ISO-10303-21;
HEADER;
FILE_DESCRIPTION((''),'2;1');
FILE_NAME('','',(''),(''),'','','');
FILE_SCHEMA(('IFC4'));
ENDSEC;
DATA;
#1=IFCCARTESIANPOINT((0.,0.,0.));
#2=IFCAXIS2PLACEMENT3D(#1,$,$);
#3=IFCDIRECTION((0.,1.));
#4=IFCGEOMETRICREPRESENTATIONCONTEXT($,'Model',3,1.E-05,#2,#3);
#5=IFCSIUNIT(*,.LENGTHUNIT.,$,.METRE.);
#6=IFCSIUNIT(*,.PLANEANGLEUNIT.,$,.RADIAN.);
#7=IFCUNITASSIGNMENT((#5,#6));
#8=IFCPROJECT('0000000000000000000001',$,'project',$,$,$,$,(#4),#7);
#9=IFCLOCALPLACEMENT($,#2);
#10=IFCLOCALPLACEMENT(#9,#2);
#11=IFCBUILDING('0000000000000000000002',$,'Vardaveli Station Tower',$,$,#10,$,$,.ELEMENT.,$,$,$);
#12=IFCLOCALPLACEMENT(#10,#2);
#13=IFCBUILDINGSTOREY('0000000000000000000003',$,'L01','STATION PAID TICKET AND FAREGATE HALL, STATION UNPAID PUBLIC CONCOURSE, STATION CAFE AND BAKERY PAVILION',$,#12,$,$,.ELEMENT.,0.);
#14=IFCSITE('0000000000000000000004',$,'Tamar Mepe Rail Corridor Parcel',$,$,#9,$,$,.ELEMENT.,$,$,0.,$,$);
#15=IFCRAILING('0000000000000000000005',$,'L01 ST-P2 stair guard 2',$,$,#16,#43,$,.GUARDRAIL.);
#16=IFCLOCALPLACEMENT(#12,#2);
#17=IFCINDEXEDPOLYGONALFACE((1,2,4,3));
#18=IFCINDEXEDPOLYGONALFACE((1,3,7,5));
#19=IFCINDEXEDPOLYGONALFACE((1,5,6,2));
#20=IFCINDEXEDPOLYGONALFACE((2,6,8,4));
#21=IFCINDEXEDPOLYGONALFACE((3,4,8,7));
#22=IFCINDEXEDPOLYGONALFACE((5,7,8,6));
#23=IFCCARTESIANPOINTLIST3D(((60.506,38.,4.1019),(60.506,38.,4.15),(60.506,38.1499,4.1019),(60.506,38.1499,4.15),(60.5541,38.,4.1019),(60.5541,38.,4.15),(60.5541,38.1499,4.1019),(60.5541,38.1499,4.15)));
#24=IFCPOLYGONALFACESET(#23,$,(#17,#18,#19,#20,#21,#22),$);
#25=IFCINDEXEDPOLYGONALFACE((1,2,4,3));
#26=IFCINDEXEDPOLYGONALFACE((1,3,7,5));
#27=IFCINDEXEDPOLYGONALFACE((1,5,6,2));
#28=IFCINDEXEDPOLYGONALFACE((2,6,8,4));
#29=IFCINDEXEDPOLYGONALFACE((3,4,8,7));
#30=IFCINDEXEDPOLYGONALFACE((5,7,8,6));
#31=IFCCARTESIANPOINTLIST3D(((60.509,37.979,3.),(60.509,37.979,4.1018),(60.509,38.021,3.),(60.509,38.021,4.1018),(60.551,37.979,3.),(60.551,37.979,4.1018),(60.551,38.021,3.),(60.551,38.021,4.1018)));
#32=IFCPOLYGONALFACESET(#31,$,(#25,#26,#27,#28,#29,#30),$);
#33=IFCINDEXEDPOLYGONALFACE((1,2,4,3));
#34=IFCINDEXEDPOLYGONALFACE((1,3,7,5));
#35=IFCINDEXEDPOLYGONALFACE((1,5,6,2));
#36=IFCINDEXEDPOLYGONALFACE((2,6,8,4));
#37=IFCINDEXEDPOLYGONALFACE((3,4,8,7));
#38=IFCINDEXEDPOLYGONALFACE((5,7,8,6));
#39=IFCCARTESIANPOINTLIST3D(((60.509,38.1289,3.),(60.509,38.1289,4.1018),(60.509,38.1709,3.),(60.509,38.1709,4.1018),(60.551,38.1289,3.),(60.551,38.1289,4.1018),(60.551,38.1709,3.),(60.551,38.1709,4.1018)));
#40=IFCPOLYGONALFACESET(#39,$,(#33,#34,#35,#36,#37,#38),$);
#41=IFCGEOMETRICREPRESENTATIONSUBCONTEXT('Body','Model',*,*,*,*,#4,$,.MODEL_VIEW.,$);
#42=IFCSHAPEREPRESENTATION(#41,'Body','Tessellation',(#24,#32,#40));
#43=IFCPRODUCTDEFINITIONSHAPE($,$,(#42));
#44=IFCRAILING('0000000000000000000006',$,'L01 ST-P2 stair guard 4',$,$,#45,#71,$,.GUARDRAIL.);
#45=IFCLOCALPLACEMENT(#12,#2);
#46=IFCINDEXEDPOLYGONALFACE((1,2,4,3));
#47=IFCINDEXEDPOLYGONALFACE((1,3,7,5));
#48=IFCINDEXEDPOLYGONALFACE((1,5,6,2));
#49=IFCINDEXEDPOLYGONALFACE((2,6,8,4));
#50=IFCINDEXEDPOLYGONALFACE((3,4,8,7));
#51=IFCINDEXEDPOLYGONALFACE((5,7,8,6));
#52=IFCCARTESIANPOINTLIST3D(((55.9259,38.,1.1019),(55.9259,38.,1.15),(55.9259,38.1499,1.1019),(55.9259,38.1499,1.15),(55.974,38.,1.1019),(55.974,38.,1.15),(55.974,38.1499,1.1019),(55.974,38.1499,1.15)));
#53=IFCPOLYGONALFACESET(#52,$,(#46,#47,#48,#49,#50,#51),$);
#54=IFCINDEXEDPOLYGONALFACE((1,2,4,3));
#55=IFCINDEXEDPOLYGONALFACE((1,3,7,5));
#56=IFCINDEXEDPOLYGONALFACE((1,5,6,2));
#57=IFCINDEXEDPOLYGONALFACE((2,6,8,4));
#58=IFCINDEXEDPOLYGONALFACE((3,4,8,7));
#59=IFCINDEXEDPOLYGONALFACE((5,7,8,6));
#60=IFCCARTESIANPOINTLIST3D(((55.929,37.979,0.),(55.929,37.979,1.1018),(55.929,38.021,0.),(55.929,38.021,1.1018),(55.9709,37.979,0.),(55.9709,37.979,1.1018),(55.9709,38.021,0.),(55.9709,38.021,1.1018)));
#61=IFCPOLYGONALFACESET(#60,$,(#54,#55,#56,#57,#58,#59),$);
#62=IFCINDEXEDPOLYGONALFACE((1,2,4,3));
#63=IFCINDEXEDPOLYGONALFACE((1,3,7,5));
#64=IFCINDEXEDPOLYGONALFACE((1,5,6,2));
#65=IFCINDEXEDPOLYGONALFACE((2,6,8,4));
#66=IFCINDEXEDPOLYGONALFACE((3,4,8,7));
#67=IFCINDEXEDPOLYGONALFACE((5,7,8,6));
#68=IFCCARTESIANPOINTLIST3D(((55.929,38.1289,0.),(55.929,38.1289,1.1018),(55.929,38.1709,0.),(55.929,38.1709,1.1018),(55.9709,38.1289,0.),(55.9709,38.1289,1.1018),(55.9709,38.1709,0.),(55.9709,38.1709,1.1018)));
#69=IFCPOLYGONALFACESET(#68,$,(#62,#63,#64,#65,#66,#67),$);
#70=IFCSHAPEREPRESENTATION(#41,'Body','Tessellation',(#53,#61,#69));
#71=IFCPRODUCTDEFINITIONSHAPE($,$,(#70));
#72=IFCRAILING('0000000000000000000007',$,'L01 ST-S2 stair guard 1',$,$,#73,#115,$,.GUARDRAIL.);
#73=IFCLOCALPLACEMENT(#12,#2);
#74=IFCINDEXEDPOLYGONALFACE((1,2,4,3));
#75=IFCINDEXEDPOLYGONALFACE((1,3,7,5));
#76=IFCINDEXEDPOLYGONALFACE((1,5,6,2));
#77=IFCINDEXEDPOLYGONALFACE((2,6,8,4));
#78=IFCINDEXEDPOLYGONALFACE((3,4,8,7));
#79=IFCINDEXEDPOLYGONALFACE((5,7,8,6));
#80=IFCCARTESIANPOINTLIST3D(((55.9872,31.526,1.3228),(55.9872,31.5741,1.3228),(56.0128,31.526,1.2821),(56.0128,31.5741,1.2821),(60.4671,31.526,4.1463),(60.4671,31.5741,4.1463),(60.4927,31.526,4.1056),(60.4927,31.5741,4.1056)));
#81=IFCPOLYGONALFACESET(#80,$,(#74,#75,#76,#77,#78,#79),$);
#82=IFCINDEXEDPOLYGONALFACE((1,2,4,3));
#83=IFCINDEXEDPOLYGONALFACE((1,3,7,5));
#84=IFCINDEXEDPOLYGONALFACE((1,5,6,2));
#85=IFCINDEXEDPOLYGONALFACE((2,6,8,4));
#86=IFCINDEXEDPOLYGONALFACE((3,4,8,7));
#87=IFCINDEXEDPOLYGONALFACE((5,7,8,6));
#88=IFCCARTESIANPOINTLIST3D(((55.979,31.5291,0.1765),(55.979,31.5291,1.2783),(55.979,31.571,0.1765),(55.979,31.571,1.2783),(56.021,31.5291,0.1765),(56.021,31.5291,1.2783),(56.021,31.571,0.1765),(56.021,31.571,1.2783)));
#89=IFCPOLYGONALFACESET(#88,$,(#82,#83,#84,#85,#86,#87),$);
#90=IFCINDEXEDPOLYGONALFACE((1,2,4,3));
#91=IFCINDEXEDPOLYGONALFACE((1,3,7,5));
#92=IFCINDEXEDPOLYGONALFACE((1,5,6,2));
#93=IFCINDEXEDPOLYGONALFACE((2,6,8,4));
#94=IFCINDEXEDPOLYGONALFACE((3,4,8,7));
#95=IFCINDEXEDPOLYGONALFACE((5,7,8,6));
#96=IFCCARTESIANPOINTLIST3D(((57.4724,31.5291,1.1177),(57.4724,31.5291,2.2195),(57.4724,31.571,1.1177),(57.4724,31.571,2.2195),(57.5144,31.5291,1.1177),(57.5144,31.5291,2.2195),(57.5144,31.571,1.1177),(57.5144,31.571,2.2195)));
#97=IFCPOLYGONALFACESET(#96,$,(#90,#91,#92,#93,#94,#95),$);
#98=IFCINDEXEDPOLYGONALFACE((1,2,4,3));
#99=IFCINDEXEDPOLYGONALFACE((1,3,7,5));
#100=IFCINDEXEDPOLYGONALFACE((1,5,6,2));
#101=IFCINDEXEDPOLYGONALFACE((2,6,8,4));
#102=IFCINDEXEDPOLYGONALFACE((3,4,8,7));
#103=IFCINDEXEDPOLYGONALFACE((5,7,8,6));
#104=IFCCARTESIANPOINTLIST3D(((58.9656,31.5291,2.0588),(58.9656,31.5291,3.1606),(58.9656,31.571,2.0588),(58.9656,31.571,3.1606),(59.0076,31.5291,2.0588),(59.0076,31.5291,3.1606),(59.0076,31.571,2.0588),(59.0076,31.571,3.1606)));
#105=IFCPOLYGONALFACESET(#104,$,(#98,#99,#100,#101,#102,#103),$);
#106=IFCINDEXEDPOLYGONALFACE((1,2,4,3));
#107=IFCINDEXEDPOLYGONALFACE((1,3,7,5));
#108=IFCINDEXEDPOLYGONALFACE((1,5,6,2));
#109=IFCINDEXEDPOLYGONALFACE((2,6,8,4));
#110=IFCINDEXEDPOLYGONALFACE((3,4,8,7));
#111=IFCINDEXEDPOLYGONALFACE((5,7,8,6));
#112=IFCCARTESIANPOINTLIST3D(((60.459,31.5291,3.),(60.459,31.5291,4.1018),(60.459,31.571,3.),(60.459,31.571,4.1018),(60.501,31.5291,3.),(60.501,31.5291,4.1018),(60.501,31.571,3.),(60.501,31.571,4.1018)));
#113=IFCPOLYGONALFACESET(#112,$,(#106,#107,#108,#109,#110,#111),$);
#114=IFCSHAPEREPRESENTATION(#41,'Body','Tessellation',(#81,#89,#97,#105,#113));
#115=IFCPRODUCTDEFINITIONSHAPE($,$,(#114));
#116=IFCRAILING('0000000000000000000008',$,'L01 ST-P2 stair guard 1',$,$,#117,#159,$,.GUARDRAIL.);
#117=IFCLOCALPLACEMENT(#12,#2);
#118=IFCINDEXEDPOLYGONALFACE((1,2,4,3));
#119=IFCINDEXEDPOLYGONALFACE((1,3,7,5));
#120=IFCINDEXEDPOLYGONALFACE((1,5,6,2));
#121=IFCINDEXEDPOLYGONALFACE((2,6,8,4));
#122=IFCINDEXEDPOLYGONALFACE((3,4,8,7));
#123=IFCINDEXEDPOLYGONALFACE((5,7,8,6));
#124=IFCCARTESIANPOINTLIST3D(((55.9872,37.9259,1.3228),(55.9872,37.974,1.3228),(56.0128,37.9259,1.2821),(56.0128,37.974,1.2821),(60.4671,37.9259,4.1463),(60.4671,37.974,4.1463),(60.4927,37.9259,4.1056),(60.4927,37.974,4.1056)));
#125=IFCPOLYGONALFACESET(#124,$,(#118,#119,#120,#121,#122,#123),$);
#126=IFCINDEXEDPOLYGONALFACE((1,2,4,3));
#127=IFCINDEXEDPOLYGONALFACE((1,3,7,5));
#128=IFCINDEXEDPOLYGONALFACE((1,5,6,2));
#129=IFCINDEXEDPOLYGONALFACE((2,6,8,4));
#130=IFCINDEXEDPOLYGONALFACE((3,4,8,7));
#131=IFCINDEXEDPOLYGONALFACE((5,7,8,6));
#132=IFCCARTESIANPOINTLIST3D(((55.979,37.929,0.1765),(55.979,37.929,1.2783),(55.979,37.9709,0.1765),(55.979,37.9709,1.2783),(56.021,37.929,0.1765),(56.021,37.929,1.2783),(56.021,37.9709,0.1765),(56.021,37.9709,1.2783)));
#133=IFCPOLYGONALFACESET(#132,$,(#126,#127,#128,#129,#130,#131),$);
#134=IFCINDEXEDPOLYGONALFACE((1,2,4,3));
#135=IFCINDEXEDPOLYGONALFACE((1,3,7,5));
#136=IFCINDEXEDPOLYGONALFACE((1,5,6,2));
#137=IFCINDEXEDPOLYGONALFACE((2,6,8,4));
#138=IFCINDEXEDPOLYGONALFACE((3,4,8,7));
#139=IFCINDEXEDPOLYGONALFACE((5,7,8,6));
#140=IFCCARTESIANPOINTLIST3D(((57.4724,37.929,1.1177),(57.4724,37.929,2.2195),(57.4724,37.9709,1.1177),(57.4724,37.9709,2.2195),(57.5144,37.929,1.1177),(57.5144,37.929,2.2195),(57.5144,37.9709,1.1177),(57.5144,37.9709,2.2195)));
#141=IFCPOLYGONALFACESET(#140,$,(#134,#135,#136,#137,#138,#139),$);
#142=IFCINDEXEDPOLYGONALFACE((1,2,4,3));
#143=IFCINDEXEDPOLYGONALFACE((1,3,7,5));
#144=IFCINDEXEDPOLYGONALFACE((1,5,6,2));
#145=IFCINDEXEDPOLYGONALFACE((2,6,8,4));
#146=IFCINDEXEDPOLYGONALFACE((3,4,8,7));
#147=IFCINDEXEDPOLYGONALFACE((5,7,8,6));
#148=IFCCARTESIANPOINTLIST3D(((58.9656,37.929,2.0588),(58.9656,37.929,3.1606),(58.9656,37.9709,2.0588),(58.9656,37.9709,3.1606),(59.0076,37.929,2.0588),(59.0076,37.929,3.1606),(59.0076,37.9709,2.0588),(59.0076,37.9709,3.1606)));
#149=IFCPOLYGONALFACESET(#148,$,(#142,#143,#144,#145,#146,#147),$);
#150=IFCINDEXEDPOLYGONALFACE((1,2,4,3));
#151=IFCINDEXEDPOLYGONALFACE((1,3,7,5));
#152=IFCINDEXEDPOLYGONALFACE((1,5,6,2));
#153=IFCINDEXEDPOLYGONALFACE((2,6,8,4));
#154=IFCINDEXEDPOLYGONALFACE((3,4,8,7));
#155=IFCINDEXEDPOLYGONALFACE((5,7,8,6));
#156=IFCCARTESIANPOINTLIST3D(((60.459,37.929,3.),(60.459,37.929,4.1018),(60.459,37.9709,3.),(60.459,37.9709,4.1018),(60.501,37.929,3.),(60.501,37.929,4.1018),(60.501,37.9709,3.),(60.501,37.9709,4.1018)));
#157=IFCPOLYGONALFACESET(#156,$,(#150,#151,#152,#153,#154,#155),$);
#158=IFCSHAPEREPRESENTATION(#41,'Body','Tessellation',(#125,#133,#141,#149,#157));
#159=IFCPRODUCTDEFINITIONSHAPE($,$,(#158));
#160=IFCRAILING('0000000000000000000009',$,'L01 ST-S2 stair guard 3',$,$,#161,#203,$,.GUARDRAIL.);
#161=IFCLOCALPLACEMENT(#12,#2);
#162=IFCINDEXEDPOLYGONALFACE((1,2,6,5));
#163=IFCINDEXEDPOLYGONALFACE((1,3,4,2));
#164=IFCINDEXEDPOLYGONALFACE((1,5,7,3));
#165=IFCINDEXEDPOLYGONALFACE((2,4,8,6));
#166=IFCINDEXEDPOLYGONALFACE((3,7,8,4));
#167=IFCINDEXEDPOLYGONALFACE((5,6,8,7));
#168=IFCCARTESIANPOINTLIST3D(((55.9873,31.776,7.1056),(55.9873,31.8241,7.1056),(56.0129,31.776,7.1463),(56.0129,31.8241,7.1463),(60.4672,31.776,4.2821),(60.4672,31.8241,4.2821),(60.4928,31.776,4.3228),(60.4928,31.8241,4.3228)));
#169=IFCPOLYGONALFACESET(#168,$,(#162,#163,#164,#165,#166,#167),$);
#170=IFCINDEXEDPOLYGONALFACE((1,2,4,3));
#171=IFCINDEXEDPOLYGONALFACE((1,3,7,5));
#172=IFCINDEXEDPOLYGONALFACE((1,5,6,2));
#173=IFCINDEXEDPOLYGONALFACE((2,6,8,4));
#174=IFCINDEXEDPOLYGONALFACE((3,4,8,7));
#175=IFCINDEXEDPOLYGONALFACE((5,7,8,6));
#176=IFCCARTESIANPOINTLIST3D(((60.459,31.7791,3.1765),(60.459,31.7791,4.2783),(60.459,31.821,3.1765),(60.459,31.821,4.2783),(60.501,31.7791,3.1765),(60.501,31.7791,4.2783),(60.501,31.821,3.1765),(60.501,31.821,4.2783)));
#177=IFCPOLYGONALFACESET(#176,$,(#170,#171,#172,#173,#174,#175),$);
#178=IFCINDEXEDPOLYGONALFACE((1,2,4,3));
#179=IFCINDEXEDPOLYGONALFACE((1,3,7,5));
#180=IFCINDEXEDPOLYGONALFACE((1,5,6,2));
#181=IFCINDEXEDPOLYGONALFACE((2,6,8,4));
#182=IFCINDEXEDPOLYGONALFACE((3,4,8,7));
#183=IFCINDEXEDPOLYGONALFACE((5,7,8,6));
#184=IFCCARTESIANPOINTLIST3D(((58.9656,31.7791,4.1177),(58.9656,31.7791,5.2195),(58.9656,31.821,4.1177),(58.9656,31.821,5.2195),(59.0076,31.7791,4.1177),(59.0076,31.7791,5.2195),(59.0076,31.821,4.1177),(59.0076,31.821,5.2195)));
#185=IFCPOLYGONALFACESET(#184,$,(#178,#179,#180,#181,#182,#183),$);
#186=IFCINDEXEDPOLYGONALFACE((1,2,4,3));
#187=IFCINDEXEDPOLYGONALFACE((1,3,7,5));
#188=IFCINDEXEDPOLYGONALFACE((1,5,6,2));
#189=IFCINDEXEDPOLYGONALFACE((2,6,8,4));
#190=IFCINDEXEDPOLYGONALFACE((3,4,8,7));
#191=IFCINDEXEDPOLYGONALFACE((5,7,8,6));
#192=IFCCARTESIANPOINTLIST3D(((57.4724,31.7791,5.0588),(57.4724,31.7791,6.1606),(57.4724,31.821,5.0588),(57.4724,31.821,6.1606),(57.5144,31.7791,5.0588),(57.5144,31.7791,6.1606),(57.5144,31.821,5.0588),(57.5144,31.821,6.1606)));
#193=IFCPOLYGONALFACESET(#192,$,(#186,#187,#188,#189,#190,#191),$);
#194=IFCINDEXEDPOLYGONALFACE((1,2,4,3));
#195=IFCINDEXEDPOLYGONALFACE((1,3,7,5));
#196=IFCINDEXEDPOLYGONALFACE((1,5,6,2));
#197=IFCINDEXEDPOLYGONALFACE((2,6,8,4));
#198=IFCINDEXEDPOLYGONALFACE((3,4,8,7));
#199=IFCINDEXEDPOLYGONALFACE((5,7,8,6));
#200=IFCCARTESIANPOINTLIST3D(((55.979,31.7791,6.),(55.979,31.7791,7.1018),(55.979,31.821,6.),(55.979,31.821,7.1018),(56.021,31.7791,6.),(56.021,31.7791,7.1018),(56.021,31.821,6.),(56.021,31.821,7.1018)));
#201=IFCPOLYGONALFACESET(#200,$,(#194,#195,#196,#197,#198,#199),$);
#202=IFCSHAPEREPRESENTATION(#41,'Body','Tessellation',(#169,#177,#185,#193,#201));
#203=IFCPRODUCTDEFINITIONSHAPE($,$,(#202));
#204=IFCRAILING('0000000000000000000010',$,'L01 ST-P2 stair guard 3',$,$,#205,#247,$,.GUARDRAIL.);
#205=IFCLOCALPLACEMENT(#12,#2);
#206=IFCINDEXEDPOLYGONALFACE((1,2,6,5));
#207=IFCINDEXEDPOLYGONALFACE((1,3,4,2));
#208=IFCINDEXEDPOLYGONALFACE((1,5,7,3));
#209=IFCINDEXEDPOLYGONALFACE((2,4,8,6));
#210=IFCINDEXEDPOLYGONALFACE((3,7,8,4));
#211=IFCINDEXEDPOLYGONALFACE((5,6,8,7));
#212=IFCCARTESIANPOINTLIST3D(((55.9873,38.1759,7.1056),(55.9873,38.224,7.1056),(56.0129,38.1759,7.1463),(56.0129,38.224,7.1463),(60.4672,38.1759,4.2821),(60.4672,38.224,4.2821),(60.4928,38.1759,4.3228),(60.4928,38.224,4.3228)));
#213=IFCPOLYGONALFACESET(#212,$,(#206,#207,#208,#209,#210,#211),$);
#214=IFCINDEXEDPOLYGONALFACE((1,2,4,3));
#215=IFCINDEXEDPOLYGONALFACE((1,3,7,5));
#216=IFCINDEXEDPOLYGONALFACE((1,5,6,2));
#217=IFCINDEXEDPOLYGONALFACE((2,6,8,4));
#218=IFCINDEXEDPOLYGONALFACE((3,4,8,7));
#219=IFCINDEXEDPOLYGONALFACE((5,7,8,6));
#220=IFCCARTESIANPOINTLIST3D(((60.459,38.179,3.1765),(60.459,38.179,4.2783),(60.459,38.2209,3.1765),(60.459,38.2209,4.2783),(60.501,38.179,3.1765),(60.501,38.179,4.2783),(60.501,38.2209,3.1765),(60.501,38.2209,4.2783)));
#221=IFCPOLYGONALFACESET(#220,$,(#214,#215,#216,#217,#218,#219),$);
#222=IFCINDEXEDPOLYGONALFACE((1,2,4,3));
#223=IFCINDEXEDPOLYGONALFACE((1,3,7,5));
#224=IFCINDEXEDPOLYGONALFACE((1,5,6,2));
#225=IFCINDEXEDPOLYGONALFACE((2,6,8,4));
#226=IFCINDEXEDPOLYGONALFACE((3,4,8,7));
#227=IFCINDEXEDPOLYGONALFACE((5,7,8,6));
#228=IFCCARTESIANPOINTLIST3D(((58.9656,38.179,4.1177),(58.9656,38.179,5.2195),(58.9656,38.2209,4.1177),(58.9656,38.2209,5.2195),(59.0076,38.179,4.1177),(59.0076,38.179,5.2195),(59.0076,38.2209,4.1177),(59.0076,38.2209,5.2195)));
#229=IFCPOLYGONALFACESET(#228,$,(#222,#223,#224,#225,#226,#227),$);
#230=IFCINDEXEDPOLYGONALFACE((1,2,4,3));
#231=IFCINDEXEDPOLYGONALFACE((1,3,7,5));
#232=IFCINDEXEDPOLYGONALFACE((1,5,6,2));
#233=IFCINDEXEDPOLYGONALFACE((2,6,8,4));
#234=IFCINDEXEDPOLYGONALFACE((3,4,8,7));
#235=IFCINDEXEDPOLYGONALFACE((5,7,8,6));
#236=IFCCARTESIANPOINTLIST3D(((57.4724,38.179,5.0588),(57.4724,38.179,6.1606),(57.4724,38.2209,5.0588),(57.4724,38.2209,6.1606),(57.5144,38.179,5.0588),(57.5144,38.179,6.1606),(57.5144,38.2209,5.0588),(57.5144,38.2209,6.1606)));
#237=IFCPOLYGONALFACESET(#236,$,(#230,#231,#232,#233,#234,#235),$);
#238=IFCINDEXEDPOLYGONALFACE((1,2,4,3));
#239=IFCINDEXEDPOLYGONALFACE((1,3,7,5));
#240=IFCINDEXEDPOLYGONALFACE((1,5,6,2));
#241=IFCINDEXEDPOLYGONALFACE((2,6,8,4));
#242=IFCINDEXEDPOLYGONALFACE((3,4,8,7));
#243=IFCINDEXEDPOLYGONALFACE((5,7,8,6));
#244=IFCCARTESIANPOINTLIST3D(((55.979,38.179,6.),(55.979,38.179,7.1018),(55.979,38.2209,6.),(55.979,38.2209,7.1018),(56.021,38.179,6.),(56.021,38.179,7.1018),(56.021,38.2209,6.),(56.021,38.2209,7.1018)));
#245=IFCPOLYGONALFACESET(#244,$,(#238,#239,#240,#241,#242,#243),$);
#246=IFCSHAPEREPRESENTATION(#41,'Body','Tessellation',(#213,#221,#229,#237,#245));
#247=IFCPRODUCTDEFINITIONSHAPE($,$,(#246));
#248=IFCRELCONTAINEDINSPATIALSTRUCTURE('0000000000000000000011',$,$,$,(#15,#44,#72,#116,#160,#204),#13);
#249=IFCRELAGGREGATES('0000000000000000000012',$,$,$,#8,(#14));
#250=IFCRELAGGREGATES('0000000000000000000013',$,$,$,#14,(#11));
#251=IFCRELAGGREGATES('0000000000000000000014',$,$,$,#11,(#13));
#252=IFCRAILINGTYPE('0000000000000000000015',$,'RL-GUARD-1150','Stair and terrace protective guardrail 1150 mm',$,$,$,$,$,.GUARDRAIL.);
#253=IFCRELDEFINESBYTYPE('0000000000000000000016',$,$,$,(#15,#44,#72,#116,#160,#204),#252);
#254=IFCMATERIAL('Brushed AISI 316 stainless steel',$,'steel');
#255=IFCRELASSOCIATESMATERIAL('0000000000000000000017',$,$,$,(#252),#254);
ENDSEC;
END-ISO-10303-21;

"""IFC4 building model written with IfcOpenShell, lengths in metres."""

from ifc_helpers import new_model, si_unit, direction, frame, origin, origin_2d, place, context, subcontext, project, spatial, rectangle, extrude, source, transform, mapped, material, type_object, element, save


model = new_model("IFC4")

# Units and contexts
model_context = context("Model", 3, precision=1e-05, world=origin(), true_north=direction((0.0, 1.0)))
body_context = subcontext(model_context, "Body", "Model", "MODEL_VIEW")
ifc_project = project(units=[si_unit("LENGTHUNIT", "METRE"), si_unit("PLANEANGLEUNIT", "RADIAN")], contexts=[model_context])

# Site, building, storey
site_placement = place(None, origin())
site = spatial("IfcSite", under=ifc_project, at=site_placement, Name="Tamar Mepe Rail Corridor Parcel", CompositionType="ELEMENT", RefElevation=0.0)
building_placement = place(site_placement, origin())
building = spatial("IfcBuilding", under=site, at=building_placement, Name="Vardaveli Station Tower", CompositionType="ELEMENT")
storey_placement = place(building_placement, origin())
storey = spatial("IfcBuildingStorey", under=building, at=storey_placement, Name="L01", Description="STATION PAID TICKET AND FAREGATE HALL, STATION UNPAID PUBLIC CONCOURSE, STATION CAFE AND BAKERY PAVILION", CompositionType="ELEMENT", Elevation=0.0)

# Railings
ifc_material_1 = material(Name="Brushed AISI 316 stainless steel", Category="steel")
railing_type_1 = type_object("IfcRailingType", Name="RL-GUARD-1150", Description="Stair and terrace protective guardrail 1150 mm", PredefinedType="GUARDRAIL", material=ifc_material_1)
shared_shape_1 = source(origin(), body_context, "Body", "SweptSolid", [
    extrude(rectangle(XDim=0.0481, YDim=0.0481, at=origin_2d()), frame((0.0, 0.0, 1.126), z_axis=(0.0, 1.0, 0.0), x_axis=(-1.0, 0.0, 0.0)), (0.0, 0.0, 1.0), 0.1499),
    extrude(rectangle(XDim=0.042, YDim=0.042, at=origin_2d()), origin(), (0.0, 0.0, 1.0), 1.1018),
    extrude(rectangle(XDim=0.042, YDim=0.042, at=origin_2d()), frame((0.0, 0.1499, 0.0)), (0.0, 0.0, 1.0), 1.1018),
])
for number, where, name in (
    (1, (60.53, 38.0, 3.0), "L01 ST-P2 stair guard 2"),
    (2, (55.95, 38.0, 0.0), "L01 ST-P2 stair guard 4"),
):
    element("IfcRailing", number, at=place(storey_placement, frame(where)), inside=storey, type_object=railing_type_1, Name=name, PredefinedType="GUARDRAIL", context=body_context, shape_type="MappedRepresentation", body=[
        mapped(shared_shape_1, transform((0.0, 0.0, 0.0), scale=1.0)),
    ])
shared_shape_2 = source(origin(), body_context, "Body", "SweptSolid", [
    extrude(rectangle(XDim=0.0481, YDim=0.0481, at=origin_2d()), frame((0.0, 0.0, 1.126), z_axis=(0.845998, 0.0, 0.533186), x_axis=(0.0, 1.0, 0.0)), (0.0, 0.0, 1.0), 5.2954),
    extrude(rectangle(XDim=0.042, YDim=0.042, at=origin_2d()), origin(), (0.0, 0.0, 1.0), 1.1018),
    extrude(rectangle(XDim=0.042, YDim=0.042, at=origin_2d()), frame((1.4934, 0.0, 0.9412)), (0.0, 0.0, 1.0), 1.1018),
    extrude(rectangle(XDim=0.042, YDim=0.042, at=origin_2d()), frame((2.9866, 0.0, 1.8823)), (0.0, 0.0, 1.0), 1.1018),
    extrude(rectangle(XDim=0.042, YDim=0.042, at=origin_2d()), frame((4.48, 0.0, 2.8235)), (0.0, 0.0, 1.0), 1.1018),
])
for number, where, name in (
    (3, (56.0, 31.55, 0.1765), "L01 ST-S2 stair guard 1"),
    (4, (56.0, 37.95, 0.1765), "L01 ST-P2 stair guard 1"),
):
    element("IfcRailing", number, at=place(storey_placement, frame(where)), inside=storey, type_object=railing_type_1, Name=name, PredefinedType="GUARDRAIL", context=body_context, shape_type="MappedRepresentation", body=[
        mapped(shared_shape_2, transform((0.0, 0.0, 0.0), scale=1.0)),
    ])
shared_shape_3 = source(origin(), body_context, "Body", "SweptSolid", [
    extrude(rectangle(XDim=0.0481, YDim=0.0481, at=origin_2d()), frame((0.0, 0.0, 1.126), z_axis=(-0.845998, 0.0, 0.533186), x_axis=(0.0, -1.0, 0.0)), (0.0, 0.0, 1.0), 5.2954),
    extrude(rectangle(XDim=0.042, YDim=0.042, at=origin_2d()), origin(), (0.0, 0.0, 1.0), 1.1018),
    extrude(rectangle(XDim=0.042, YDim=0.042, at=origin_2d()), frame((-1.4934, 0.0, 0.9412)), (0.0, 0.0, 1.0), 1.1018),
    extrude(rectangle(XDim=0.042, YDim=0.042, at=origin_2d()), frame((-2.9866, 0.0, 1.8823)), (0.0, 0.0, 1.0), 1.1018),
    extrude(rectangle(XDim=0.042, YDim=0.042, at=origin_2d()), frame((-4.48, 0.0, 2.8235)), (0.0, 0.0, 1.0), 1.1018),
])
for number, where, name in (
    (5, (60.48, 31.8, 3.1765), "L01 ST-S2 stair guard 3"),
    (6, (60.48, 38.2, 3.1765), "L01 ST-P2 stair guard 3"),
):
    element("IfcRailing", number, at=place(storey_placement, frame(where)), inside=storey, type_object=railing_type_1, Name=name, PredefinedType="GUARDRAIL", context=body_context, shape_type="MappedRepresentation", body=[
        mapped(shared_shape_3, transform((0.0, 0.0, 0.0), scale=1.0)),
    ])

save(model, "model.ifc")
